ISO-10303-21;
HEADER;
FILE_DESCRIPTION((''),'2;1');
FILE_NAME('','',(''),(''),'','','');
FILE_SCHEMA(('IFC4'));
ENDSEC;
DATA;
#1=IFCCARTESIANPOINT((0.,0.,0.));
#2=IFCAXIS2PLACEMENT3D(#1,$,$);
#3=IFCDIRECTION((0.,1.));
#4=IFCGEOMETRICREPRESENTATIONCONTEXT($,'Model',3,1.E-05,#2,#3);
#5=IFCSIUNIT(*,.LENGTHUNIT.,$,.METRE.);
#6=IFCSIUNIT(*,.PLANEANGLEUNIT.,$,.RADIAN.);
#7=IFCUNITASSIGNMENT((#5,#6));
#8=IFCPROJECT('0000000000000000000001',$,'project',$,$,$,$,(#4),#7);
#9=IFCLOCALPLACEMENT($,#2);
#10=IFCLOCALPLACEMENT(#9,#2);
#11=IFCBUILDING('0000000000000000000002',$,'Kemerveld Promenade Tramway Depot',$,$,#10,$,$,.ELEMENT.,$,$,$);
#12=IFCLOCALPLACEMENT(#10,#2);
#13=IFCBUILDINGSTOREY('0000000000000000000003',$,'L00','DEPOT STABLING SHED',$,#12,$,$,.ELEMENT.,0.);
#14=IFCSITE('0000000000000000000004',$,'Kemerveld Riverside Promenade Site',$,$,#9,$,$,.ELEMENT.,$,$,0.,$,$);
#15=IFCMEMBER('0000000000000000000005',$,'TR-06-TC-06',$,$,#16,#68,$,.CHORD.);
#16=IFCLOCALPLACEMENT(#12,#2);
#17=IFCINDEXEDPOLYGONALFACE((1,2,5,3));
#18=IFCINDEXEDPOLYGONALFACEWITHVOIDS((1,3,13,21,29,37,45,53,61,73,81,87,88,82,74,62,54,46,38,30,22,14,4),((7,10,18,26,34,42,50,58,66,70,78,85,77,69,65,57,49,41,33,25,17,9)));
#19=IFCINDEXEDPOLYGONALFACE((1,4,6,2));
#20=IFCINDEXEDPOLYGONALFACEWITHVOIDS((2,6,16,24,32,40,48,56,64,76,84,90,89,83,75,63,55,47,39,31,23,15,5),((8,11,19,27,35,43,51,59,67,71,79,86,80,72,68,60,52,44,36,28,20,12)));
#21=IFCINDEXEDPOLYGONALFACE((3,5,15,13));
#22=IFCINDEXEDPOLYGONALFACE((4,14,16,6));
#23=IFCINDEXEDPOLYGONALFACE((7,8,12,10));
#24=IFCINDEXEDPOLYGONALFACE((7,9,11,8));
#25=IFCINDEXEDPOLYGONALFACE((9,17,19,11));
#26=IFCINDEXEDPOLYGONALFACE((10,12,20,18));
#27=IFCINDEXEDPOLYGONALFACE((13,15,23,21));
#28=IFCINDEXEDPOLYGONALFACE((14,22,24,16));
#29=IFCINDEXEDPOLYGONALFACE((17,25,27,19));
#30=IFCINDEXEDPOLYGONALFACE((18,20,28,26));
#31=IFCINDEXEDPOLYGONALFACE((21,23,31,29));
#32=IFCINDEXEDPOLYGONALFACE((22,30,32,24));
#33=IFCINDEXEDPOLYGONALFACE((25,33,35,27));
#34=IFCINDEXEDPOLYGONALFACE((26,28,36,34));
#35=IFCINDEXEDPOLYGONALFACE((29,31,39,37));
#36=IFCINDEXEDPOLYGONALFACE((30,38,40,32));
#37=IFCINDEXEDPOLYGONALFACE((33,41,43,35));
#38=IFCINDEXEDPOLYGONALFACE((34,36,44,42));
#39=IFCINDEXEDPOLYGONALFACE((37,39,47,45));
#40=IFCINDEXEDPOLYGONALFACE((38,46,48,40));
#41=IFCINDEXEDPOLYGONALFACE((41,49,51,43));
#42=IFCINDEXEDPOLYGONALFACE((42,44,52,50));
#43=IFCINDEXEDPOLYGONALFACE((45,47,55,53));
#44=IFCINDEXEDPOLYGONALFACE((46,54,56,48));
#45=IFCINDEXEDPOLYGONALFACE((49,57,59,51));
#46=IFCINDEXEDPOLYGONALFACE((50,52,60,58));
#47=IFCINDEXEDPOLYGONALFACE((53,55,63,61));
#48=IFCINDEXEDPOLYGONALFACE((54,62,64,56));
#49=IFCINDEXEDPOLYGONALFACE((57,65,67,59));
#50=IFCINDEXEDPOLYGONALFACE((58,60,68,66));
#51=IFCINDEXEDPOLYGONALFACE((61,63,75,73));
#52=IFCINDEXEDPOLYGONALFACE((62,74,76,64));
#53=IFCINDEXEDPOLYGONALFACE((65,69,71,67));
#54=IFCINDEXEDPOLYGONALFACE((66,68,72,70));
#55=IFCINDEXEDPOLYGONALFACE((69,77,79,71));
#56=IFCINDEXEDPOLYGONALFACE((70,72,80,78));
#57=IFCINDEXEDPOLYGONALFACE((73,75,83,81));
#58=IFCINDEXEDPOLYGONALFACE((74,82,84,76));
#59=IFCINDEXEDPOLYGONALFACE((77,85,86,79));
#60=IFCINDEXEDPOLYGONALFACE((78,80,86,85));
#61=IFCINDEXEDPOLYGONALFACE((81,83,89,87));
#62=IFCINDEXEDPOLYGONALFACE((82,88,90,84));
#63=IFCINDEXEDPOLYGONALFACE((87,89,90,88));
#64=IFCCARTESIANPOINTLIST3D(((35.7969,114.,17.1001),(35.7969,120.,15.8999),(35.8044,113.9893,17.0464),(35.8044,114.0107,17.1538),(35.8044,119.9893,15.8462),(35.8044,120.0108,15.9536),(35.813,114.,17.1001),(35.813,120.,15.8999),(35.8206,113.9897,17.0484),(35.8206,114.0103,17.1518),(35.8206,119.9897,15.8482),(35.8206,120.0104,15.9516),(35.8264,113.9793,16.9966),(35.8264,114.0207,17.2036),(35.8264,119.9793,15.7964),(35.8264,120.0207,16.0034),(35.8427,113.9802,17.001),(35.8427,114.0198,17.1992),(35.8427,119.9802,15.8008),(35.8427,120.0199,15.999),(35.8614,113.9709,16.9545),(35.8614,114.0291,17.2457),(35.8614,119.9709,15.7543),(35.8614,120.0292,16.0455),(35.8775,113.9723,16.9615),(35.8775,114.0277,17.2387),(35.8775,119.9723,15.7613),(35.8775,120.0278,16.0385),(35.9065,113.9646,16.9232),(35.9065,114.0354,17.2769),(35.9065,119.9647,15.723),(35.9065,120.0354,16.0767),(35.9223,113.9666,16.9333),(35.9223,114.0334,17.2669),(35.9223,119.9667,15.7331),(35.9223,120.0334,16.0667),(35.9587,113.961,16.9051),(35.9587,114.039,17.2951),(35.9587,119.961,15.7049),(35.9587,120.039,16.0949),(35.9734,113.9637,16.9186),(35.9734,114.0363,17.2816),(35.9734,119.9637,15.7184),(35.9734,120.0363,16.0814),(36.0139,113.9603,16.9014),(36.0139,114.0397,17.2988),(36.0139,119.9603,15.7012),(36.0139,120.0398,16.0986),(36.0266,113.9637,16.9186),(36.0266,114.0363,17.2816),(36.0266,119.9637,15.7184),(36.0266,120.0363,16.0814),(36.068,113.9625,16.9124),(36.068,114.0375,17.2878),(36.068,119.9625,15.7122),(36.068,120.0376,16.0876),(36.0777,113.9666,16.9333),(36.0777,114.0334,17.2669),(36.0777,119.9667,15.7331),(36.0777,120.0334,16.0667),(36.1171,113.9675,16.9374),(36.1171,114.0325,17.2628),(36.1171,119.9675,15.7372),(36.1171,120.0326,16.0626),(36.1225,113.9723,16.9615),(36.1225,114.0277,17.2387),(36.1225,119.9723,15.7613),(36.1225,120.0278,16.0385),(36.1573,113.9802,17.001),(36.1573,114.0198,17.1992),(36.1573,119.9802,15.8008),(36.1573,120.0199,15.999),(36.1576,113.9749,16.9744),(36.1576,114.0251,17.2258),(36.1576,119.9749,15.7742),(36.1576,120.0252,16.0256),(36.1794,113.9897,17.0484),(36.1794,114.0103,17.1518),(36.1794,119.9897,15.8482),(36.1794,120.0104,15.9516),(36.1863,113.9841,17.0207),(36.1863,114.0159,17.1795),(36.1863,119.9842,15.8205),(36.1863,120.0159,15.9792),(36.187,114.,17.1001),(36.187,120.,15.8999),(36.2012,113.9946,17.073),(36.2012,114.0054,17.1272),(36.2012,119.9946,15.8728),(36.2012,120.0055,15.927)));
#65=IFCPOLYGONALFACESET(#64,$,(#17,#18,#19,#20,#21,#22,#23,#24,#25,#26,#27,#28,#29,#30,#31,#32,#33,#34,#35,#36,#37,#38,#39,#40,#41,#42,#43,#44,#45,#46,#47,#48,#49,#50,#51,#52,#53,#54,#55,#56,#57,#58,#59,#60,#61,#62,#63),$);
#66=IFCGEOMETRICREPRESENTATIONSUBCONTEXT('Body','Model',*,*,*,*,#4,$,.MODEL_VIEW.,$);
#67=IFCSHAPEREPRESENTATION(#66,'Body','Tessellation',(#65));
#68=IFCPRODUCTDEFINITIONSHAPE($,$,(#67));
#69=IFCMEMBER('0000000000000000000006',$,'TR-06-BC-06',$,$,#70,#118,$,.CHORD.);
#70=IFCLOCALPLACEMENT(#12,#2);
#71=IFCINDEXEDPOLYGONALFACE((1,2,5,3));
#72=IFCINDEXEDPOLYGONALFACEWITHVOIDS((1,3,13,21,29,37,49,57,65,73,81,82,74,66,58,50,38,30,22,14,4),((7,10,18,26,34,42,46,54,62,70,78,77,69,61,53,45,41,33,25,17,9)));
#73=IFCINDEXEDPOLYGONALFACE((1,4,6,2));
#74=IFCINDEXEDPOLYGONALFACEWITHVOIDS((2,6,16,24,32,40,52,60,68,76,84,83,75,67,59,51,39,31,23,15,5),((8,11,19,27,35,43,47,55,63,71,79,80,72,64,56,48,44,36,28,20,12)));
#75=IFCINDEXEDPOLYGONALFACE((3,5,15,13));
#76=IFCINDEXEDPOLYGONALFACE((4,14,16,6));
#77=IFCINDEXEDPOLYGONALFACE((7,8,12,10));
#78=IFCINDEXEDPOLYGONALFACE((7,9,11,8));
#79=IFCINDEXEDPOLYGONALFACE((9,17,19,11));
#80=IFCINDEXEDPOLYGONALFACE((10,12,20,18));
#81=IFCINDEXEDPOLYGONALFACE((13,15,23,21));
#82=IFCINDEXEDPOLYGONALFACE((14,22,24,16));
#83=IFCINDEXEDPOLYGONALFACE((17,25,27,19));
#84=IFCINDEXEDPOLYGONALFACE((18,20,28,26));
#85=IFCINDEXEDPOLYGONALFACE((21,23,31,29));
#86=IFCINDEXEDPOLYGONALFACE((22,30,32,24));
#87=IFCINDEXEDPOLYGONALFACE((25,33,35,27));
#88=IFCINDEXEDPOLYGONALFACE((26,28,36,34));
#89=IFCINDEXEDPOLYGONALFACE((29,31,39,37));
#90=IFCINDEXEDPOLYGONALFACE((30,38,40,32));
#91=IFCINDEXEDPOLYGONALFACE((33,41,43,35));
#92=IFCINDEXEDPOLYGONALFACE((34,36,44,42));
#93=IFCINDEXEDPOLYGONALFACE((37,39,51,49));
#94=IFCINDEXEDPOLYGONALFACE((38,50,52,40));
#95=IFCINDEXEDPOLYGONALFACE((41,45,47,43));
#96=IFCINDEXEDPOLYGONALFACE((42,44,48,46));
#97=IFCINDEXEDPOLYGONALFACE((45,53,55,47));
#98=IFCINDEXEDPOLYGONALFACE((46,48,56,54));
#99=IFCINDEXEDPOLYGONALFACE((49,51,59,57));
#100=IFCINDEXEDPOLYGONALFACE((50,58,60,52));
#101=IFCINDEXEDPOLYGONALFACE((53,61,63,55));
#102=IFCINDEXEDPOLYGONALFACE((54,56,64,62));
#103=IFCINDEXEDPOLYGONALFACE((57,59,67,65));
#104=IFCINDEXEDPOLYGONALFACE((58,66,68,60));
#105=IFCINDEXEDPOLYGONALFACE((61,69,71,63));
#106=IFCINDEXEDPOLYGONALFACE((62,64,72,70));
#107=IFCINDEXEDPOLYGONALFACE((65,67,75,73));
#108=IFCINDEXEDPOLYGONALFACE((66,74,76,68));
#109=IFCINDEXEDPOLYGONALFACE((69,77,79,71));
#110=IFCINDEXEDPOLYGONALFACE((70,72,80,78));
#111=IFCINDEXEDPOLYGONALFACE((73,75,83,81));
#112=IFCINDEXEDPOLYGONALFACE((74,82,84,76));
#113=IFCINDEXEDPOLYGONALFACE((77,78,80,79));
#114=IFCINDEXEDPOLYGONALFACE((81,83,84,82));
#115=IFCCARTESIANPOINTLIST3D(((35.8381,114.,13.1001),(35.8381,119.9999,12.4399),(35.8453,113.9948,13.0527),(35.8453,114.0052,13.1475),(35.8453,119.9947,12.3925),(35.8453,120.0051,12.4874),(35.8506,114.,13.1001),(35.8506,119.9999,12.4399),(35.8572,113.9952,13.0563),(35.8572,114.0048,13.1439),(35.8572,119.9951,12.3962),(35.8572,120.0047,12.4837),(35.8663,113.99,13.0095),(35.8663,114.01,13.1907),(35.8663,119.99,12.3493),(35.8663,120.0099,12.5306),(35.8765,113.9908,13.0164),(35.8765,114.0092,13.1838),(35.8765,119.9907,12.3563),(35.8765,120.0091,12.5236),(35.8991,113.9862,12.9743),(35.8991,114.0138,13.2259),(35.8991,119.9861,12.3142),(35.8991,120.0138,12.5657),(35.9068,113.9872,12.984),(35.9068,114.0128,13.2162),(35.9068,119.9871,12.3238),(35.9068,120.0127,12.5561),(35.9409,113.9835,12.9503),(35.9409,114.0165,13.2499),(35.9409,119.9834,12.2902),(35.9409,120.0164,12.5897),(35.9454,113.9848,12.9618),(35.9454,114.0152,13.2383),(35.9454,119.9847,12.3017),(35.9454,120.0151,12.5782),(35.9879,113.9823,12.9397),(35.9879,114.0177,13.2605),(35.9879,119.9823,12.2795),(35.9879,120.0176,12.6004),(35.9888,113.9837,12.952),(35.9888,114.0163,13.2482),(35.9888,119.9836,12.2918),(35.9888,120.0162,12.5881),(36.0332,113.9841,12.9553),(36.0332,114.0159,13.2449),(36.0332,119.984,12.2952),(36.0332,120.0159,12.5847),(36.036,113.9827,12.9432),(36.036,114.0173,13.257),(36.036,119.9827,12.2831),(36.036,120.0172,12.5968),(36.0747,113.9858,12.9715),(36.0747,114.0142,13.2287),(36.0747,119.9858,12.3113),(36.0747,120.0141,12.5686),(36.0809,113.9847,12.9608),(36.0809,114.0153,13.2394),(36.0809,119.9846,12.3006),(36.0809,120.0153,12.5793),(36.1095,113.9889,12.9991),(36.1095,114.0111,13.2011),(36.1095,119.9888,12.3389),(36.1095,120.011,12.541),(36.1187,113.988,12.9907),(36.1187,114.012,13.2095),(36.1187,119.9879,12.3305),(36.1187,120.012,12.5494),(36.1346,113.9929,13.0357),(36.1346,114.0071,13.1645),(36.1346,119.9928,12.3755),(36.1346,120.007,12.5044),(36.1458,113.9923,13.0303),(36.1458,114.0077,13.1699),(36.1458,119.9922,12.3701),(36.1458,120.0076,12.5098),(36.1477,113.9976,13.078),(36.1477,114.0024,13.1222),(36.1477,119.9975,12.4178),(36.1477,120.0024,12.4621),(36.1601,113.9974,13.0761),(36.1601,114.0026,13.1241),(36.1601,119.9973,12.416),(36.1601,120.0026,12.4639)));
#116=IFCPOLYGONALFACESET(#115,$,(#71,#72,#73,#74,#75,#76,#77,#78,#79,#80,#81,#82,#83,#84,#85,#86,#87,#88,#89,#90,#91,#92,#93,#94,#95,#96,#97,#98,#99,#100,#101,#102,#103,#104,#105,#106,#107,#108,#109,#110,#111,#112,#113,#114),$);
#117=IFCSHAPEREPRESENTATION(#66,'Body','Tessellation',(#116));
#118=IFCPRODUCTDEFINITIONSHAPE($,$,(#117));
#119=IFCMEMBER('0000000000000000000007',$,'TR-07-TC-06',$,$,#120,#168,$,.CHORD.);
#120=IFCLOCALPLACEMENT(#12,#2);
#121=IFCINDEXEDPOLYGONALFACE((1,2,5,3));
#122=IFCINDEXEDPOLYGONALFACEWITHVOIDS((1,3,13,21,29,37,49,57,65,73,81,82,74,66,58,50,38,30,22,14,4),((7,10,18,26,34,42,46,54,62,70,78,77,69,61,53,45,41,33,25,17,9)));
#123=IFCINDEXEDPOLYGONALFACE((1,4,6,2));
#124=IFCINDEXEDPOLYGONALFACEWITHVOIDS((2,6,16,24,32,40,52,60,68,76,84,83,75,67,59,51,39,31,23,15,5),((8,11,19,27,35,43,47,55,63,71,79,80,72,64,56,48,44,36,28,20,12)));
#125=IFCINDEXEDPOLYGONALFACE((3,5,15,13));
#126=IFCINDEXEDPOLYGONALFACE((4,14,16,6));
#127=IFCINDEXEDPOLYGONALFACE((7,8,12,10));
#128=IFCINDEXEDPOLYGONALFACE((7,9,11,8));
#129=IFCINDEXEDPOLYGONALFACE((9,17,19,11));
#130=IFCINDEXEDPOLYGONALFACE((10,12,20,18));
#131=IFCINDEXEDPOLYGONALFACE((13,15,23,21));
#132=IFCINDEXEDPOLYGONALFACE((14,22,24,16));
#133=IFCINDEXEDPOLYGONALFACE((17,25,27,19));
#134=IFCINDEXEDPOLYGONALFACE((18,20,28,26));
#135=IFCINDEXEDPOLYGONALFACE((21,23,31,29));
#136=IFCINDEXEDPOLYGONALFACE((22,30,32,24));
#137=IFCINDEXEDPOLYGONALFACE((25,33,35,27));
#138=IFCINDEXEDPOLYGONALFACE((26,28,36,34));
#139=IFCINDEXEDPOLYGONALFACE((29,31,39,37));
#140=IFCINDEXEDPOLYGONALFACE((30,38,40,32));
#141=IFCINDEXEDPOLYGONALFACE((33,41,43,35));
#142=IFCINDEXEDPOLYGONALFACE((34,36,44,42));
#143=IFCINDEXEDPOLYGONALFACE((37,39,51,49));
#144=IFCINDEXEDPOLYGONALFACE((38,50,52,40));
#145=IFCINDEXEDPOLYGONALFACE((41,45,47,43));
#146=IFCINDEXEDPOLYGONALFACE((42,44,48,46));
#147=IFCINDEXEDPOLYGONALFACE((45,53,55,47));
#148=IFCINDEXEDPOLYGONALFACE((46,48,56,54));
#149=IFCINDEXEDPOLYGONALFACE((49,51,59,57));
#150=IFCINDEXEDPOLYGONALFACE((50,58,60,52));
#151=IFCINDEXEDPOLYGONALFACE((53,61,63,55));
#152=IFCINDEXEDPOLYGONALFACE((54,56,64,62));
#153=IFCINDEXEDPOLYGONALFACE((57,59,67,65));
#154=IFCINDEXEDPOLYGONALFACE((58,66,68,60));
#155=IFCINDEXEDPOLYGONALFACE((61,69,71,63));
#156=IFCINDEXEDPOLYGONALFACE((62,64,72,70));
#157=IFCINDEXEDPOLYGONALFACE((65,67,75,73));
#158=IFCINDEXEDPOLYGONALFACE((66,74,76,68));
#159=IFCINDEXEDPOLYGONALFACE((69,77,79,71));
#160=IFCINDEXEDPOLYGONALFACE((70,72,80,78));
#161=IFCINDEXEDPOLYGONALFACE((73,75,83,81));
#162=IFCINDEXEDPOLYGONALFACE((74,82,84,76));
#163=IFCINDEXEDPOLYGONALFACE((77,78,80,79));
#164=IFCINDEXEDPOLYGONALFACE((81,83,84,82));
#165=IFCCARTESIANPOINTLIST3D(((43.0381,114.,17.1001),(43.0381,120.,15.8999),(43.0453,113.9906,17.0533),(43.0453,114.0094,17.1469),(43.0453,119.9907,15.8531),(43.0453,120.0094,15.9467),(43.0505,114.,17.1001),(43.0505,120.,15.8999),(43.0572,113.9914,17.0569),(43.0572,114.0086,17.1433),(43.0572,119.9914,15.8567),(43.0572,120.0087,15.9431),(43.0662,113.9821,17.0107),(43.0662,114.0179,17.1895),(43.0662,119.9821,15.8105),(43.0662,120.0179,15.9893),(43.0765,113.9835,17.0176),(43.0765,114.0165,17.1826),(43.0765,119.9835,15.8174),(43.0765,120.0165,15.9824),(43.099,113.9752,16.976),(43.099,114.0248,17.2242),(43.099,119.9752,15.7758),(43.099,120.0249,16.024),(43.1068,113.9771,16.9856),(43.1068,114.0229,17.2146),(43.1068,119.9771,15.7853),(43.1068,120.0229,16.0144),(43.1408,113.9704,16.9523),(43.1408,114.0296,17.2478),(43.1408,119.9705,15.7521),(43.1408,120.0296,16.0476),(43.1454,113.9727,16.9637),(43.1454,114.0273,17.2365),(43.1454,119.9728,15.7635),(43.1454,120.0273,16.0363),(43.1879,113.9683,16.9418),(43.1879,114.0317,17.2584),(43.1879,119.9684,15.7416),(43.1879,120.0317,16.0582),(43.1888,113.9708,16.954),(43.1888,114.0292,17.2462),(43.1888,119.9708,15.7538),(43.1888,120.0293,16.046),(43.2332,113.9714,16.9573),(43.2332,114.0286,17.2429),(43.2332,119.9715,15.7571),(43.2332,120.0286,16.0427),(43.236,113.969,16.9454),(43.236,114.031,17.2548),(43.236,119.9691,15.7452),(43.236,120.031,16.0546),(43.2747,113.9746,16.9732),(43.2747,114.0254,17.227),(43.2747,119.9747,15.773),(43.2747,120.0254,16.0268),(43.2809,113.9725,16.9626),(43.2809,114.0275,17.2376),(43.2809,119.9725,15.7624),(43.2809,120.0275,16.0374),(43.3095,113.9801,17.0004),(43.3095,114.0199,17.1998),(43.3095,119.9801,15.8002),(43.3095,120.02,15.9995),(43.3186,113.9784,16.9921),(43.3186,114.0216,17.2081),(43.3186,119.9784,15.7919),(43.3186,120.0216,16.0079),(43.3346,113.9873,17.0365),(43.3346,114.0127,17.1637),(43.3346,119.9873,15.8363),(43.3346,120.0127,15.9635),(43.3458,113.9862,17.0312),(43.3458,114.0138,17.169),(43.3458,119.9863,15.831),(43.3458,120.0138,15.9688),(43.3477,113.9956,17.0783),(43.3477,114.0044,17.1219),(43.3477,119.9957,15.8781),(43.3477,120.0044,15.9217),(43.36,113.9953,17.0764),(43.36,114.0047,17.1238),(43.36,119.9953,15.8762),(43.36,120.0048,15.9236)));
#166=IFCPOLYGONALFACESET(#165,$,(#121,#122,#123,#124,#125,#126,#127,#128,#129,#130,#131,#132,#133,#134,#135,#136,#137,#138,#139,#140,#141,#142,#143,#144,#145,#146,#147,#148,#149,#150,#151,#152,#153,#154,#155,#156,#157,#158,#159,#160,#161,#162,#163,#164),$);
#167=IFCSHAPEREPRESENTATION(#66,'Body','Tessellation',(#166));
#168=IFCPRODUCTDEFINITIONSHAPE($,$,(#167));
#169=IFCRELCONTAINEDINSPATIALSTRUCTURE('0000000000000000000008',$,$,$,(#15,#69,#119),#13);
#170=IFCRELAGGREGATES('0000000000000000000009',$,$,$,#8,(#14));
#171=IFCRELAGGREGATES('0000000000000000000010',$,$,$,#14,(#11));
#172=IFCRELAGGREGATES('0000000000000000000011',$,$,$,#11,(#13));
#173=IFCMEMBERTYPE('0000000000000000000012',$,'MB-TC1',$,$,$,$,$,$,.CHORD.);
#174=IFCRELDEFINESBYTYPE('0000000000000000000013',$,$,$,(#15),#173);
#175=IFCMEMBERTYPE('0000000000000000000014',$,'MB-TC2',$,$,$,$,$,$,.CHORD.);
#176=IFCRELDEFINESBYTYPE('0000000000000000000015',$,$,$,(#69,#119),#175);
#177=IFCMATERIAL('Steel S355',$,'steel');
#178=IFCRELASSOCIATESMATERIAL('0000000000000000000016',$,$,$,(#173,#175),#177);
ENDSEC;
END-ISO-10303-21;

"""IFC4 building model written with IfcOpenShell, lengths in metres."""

from ifc_helpers import new_model, si_unit, direction, frame, origin, origin_2d, place, context, subcontext, project, spatial, hollow_circle, extrude, material, material_profile, profile_set, type_object, element, save


model = new_model("IFC4")

# Units and contexts
model_context = context("Model", 3, precision=1e-05, world=origin(), true_north=direction((0.0, 1.0)))
body_context = subcontext(model_context, "Body", "Model", "MODEL_VIEW")
ifc_project = project(units=[si_unit("LENGTHUNIT", "METRE"), si_unit("PLANEANGLEUNIT", "RADIAN")], contexts=[model_context])

# Site, building, storey
site_placement = place(None, origin())
site = spatial("IfcSite", under=ifc_project, at=site_placement, Name="Kemerveld Riverside Promenade Site", CompositionType="ELEMENT", RefElevation=0.0)
building_placement = place(site_placement, origin())
building = spatial("IfcBuilding", under=site, at=building_placement, Name="Kemerveld Promenade Tramway Depot", CompositionType="ELEMENT")
storey_placement = place(building_placement, origin())
storey = spatial("IfcBuildingStorey", under=building, at=storey_placement, Name="L00", Description="DEPOT STABLING SHED", CompositionType="ELEMENT", Elevation=0.0)

# Shared definitions
ifc_material_1 = material(Name="Steel S355", Category="steel")

# Members
ifc_material_profile_1 = material_profile(ifc_material_1, hollow_circle(Radius=0.2031, WallThickness=0.0161, at=origin_2d()), Name="406.4x16.0 CHS")
ifc_profile_set_1 = profile_set([ifc_material_profile_1], Name="Steel S355")
member_type_1 = type_object("IfcMemberType", Name="MB-TC1", PredefinedType="CHORD", material=ifc_profile_set_1)
member_1_placement = place(storey_placement, frame((36.0, 114.0, 17.1001), z_axis=(0.0, 0.980575, -0.196147), x_axis=(-1.0, 0.0, 0.0)))
element("IfcMember", 1, at=member_1_placement, inside=storey, type_object=member_type_1, Name="TR-06-TC-06", PredefinedType="CHORD", context=body_context, shape_type="SweptSolid", body=[
    extrude(hollow_circle(Radius=0.2031, WallThickness=0.0161, at=origin_2d()), origin(), (0.0, 0.0, 1.0), 6.1189),
])
ifc_material_profile_2 = material_profile(ifc_material_1, hollow_circle(Radius=0.1619, WallThickness=0.0125, at=origin_2d()), Name="323.9x12.5 CHS")
ifc_profile_set_2 = profile_set([ifc_material_profile_2], Name="Steel S355")
member_type_2 = type_object("IfcMemberType", Name="MB-TC2", PredefinedType="CHORD", material=ifc_profile_set_2)
member_2_placement = place(storey_placement, frame((36.0, 114.0, 13.1001), z_axis=(0.0, 0.994002, -0.109366), x_axis=(-1.0, 0.0, 0.0)))
element("IfcMember", 2, at=member_2_placement, inside=storey, type_object=member_type_2, Name="TR-06-BC-06", PredefinedType="CHORD", context=body_context, shape_type="SweptSolid", body=[
    extrude(hollow_circle(Radius=0.1619, WallThickness=0.0125, at=origin_2d()), origin(), (0.0, 0.0, 1.0), 6.0361),
])
for number, where, z_axis, x_axis, name in (
    (3, (43.2, 114.0, 17.1001), (0.0, 0.980575, -0.196147), (-1.0, 0.0, 0.0), "TR-07-TC-06"),
):
    element("IfcMember", number, at=place(storey_placement, frame(where, z_axis=z_axis, x_axis=x_axis)), inside=storey, type_object=member_type_2, Name=name, PredefinedType="CHORD", context=body_context, shape_type="SweptSolid", body=[
        extrude(hollow_circle(Radius=0.1619, WallThickness=0.0125, at=origin_2d()), origin(), (0.0, 0.0, 1.0), 6.1189),
    ])

save(model, "model.ifc")
